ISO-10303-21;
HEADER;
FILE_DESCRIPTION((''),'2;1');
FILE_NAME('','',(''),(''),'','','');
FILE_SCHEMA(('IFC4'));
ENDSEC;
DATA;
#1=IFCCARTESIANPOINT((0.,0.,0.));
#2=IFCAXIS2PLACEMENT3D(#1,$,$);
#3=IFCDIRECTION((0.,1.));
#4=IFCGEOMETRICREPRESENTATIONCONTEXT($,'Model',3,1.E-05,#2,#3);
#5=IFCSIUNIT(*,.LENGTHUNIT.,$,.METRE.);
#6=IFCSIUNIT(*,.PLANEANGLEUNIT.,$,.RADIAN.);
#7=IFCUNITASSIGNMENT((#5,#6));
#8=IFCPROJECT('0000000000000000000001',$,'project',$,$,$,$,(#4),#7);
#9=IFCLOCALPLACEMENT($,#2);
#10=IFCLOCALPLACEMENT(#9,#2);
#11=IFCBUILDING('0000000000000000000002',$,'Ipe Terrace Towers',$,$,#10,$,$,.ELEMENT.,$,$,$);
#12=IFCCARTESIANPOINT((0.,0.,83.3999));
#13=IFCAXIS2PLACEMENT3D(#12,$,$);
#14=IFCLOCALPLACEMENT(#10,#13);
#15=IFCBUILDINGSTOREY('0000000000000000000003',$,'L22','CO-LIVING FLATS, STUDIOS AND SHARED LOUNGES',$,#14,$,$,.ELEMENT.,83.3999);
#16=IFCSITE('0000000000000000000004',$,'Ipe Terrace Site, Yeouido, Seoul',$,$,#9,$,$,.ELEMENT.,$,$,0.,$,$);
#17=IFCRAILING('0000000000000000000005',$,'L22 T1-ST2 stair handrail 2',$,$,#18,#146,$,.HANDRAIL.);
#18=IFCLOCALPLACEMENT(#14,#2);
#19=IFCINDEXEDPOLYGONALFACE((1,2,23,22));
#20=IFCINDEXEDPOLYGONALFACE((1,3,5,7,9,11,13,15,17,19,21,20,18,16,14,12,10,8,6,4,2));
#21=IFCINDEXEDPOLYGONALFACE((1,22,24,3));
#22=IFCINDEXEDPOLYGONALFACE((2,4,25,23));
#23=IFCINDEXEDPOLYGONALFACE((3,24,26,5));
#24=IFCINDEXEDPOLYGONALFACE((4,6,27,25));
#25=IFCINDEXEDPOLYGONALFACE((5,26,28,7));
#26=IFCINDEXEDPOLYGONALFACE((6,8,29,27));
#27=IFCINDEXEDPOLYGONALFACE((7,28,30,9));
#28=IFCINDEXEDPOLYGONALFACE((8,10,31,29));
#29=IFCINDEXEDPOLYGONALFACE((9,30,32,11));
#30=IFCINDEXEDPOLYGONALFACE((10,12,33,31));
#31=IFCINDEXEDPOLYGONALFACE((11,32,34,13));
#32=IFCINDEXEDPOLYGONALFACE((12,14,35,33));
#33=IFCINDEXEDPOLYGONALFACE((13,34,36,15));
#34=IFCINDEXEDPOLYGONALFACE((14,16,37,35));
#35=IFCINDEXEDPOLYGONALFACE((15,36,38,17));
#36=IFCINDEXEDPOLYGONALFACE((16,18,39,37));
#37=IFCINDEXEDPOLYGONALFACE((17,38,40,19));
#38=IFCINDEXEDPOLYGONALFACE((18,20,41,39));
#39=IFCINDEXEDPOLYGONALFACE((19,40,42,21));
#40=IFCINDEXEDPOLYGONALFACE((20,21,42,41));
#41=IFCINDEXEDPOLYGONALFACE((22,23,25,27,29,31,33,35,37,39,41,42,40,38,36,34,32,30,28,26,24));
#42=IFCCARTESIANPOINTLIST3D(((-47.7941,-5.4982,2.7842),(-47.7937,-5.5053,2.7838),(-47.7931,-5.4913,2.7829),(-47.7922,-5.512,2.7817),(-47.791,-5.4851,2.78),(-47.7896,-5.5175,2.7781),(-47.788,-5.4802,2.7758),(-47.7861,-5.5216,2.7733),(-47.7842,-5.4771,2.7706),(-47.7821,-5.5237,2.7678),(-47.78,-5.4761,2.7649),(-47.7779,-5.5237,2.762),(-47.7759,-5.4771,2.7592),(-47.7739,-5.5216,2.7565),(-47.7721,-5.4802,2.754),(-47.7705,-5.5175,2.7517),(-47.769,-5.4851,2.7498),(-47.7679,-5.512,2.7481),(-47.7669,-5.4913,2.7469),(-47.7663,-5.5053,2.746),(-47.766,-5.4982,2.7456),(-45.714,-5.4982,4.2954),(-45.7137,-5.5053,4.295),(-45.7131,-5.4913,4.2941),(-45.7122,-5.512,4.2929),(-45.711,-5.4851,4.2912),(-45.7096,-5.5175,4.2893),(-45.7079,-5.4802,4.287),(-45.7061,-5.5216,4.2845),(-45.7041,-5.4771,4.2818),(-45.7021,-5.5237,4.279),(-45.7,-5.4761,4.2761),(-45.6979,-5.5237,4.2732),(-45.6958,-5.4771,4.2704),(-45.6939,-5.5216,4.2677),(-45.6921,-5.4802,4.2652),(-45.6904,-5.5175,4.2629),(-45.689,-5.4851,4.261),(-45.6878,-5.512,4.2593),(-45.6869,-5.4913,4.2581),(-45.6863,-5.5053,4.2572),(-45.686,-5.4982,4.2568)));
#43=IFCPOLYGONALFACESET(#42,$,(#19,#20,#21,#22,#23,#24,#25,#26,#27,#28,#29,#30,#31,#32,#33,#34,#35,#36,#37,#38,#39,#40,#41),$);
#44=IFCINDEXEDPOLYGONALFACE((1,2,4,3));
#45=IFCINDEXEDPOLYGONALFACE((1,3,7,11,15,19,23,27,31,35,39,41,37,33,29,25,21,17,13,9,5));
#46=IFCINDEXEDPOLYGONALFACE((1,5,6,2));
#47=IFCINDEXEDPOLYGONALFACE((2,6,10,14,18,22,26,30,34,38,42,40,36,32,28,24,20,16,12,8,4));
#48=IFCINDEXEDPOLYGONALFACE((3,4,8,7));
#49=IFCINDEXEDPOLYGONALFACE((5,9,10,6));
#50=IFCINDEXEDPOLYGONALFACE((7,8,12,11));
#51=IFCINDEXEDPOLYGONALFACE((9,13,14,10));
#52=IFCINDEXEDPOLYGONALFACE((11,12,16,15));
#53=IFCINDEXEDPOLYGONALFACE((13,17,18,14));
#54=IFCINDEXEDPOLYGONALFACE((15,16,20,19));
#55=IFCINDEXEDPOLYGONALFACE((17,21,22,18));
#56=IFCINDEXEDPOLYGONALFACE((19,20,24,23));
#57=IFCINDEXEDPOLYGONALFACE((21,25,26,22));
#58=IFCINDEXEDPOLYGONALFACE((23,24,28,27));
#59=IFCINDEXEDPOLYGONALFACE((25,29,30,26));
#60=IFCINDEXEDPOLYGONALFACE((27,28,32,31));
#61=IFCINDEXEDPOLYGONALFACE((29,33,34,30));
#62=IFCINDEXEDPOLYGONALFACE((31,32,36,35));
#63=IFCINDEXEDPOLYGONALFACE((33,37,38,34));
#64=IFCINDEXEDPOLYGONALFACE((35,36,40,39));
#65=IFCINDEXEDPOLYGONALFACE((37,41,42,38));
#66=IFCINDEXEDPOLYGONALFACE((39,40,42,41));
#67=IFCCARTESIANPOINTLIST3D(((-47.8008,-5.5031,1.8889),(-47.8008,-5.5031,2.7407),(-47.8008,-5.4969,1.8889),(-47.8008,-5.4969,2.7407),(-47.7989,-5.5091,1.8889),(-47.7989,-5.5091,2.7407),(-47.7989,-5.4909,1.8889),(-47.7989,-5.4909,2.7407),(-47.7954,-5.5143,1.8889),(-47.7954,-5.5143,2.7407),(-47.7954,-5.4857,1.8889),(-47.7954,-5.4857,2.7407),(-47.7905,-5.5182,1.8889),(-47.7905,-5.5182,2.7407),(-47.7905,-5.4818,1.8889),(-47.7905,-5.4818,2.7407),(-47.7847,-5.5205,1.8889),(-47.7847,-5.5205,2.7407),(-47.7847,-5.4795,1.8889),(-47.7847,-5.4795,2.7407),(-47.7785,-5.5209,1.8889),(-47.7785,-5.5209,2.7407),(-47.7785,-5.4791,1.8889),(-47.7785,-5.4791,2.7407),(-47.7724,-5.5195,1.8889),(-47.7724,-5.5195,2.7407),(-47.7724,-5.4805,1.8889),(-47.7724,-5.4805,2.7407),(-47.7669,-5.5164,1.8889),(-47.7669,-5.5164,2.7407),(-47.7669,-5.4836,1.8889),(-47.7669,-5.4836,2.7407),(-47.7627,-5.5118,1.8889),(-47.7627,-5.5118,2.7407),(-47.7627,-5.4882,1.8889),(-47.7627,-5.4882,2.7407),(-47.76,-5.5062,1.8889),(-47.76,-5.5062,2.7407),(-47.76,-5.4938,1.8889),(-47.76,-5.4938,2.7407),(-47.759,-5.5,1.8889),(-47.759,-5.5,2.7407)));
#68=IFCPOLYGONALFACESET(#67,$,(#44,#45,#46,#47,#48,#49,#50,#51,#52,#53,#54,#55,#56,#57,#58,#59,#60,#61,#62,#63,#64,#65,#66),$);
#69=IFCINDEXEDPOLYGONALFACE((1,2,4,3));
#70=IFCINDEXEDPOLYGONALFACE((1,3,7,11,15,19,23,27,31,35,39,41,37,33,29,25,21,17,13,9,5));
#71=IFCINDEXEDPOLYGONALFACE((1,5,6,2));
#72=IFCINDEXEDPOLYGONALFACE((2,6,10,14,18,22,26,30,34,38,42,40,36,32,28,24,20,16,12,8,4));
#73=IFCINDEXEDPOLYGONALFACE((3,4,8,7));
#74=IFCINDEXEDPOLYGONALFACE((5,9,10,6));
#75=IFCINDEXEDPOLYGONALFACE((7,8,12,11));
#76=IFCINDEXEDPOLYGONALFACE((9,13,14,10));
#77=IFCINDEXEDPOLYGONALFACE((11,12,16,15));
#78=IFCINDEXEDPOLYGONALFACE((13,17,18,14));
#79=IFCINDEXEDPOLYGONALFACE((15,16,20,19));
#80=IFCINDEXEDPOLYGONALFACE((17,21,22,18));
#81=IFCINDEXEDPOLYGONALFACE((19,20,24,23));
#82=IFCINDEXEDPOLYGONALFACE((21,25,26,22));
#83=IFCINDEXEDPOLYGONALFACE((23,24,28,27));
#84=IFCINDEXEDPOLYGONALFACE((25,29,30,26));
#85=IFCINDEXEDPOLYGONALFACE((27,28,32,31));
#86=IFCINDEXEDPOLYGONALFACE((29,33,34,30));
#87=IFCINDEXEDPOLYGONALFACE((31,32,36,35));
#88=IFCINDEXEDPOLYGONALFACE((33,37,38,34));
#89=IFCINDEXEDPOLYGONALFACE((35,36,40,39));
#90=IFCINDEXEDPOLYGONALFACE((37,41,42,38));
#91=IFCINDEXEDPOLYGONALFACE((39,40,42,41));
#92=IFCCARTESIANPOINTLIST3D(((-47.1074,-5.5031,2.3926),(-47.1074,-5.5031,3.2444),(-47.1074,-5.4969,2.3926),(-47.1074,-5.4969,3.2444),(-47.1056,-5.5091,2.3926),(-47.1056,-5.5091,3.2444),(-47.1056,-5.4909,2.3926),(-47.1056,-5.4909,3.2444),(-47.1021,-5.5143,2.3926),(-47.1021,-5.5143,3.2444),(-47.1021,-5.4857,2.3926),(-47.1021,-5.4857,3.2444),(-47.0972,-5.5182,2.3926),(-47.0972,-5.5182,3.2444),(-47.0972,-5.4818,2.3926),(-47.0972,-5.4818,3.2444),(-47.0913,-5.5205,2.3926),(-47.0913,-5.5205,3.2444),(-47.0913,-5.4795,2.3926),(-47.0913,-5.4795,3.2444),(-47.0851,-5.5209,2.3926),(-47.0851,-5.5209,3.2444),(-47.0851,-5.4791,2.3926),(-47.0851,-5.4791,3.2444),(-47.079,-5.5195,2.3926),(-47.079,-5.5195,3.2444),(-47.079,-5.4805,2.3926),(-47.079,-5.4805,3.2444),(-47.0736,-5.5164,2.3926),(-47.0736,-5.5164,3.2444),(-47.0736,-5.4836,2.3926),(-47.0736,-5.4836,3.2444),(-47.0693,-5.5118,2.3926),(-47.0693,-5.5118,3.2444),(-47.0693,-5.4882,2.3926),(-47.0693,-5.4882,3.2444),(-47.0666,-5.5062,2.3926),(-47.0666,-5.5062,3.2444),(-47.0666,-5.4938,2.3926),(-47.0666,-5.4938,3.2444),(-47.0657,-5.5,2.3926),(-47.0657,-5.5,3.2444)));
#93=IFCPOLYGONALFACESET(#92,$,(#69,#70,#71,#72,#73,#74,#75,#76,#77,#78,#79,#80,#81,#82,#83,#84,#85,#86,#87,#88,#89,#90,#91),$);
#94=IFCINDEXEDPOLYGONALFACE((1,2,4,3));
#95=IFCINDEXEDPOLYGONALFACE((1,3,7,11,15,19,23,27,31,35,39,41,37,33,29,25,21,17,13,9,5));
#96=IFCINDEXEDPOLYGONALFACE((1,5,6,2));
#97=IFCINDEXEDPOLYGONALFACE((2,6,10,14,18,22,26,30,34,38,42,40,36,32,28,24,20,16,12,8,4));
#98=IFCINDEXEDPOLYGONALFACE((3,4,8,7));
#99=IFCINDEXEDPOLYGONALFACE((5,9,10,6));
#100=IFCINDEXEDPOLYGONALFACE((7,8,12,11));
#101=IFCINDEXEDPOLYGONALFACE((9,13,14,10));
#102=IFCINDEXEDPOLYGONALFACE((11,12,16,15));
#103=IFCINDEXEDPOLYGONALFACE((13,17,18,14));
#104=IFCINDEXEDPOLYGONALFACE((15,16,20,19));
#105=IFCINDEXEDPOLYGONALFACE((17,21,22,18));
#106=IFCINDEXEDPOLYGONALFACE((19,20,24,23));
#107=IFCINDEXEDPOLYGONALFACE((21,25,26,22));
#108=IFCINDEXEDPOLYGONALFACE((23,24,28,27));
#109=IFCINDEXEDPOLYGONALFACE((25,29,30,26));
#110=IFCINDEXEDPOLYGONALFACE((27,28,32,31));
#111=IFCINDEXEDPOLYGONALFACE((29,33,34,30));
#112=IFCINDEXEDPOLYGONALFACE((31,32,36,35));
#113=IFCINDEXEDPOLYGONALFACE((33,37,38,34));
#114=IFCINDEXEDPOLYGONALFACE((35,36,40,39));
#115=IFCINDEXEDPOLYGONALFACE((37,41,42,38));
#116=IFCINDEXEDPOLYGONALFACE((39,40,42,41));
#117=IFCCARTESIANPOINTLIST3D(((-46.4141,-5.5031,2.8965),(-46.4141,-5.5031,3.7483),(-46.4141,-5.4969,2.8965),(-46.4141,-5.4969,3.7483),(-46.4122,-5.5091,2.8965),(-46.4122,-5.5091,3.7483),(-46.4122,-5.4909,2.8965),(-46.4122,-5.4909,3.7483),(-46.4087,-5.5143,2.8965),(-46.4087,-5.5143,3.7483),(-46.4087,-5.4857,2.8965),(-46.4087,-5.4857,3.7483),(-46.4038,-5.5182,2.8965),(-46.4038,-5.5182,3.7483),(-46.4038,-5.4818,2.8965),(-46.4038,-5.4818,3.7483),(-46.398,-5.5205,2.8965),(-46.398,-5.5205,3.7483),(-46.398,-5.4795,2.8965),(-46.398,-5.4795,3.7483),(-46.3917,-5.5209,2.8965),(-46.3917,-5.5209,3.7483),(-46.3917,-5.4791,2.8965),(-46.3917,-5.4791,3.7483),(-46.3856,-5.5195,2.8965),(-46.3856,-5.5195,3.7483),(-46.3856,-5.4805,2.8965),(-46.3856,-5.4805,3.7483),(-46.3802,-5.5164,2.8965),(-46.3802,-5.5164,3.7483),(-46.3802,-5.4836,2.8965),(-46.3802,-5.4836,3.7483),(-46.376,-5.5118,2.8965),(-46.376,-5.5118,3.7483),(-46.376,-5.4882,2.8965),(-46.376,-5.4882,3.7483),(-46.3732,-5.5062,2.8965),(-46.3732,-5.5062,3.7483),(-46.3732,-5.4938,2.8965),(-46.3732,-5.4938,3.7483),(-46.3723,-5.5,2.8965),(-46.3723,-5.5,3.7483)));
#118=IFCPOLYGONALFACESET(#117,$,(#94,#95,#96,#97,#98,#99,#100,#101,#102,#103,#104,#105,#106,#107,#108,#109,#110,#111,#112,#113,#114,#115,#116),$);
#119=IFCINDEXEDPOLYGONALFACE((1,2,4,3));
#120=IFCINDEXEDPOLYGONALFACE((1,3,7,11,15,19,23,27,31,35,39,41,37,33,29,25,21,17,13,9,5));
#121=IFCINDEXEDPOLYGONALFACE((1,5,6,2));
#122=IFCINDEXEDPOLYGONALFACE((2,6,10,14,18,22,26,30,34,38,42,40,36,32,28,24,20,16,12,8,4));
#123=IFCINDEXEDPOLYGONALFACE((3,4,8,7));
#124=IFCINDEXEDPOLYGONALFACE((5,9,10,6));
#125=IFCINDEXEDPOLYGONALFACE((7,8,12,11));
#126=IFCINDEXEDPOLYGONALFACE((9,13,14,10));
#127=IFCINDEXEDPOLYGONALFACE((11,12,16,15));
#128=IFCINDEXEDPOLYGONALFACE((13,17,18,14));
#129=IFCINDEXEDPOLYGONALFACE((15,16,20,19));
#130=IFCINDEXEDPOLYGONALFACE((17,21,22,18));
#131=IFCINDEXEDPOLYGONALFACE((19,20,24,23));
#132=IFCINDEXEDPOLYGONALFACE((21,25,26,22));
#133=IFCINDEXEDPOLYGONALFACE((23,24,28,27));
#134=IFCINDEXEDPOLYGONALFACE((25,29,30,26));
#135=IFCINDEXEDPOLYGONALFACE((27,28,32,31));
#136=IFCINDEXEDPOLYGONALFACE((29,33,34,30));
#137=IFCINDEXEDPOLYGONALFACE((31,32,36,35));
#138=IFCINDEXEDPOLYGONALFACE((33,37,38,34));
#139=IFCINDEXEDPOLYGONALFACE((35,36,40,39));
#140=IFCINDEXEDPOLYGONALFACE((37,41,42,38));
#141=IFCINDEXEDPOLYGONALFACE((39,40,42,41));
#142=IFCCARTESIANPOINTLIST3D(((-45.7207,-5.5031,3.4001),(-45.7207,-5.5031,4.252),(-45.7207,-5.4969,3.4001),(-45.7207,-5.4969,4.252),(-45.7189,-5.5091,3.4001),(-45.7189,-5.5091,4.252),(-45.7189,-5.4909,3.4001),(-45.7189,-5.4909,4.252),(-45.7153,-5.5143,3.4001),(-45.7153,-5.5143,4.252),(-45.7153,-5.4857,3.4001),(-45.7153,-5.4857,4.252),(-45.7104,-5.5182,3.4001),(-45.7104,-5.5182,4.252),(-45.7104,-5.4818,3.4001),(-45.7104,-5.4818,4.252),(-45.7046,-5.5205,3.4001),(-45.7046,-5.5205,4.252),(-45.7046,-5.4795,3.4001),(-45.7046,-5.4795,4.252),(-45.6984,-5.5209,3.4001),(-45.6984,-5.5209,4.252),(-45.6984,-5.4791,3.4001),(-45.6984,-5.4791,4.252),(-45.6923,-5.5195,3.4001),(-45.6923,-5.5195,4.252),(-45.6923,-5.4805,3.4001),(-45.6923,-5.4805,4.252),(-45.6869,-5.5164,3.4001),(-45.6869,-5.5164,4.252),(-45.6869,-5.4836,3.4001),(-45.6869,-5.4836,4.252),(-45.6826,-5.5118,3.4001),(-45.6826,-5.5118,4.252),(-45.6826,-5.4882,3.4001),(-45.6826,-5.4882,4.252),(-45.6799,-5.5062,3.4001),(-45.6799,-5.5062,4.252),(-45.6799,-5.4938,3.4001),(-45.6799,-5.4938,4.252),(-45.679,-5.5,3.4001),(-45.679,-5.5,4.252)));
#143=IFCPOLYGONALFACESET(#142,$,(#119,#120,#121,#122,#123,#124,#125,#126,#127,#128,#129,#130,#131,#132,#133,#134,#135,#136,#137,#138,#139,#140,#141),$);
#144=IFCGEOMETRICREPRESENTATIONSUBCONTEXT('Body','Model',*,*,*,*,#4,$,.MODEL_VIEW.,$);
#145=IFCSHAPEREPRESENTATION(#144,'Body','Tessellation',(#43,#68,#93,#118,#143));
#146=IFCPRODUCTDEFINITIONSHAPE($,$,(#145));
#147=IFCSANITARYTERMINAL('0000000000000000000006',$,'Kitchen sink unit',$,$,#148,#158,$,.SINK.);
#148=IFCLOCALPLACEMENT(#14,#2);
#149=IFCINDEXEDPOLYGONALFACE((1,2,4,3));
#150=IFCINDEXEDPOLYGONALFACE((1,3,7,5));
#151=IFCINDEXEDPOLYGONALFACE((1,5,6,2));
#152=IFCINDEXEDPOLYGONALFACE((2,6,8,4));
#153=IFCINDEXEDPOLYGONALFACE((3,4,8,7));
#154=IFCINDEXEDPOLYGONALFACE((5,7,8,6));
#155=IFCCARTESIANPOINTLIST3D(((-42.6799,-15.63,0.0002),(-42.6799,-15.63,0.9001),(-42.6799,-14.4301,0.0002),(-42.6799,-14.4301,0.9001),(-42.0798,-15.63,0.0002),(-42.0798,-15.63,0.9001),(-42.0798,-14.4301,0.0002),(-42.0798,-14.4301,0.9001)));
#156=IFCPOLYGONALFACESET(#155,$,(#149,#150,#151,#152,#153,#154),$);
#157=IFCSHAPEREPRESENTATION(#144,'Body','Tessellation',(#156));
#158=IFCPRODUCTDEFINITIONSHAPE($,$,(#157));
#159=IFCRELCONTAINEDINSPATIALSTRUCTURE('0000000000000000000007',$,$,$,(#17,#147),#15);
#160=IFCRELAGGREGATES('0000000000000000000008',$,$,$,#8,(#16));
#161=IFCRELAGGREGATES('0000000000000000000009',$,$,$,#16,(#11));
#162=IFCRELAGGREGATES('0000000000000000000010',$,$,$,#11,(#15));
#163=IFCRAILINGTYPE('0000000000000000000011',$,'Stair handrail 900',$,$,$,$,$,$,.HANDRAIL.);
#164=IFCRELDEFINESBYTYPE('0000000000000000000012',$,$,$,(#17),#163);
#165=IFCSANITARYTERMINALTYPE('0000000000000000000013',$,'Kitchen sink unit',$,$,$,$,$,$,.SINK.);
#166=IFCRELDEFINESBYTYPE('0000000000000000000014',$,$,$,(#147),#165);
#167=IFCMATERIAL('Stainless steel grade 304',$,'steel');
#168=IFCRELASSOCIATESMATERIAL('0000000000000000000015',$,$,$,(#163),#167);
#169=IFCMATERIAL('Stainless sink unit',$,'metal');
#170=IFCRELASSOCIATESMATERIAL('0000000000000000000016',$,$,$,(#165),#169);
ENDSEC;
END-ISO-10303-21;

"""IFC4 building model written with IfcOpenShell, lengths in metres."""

from ifc_helpers import new_model, si_unit, direction, frame, origin, origin_2d, place, context, subcontext, project, spatial, rectangle, circle, extrude, material, type_object, element, save


model = new_model("IFC4")

# Units and contexts
model_context = context("Model", 3, precision=1e-05, world=origin(), true_north=direction((0.0, 1.0)))
body_context = subcontext(model_context, "Body", "Model", "MODEL_VIEW")
ifc_project = project(units=[si_unit("LENGTHUNIT", "METRE"), si_unit("PLANEANGLEUNIT", "RADIAN")], contexts=[model_context])

# Site, building, storey
site_placement = place(None, origin())
site = spatial("IfcSite", under=ifc_project, at=site_placement, Name="Ipe Terrace Site, Yeouido, Seoul", CompositionType="ELEMENT", RefElevation=0.0)
building_placement = place(site_placement, origin())
building = spatial("IfcBuilding", under=site, at=building_placement, Name="Ipe Terrace Towers", CompositionType="ELEMENT")
storey_placement = place(building_placement, frame((0.0, 0.0, 83.3999)))
storey = spatial("IfcBuildingStorey", under=building, at=storey_placement, Name="L22", Description="CO-LIVING FLATS, STUDIOS AND SHARED LOUNGES", CompositionType="ELEMENT", Elevation=83.3999)

# Railing
ifc_material_1 = material(Name="Stainless steel grade 304", Category="steel")
railing_type_1 = type_object("IfcRailingType", Name="Stair handrail 900", PredefinedType="HANDRAIL", material=ifc_material_1)
railing_1_placement = place(storey_placement, frame((-47.78, -5.5, 1.8889)))
element("IfcRailing", 1, at=railing_1_placement, inside=storey, type_object=railing_type_1, Name="L22 T1-ST2 stair handrail 2", PredefinedType="HANDRAIL", context=body_context, shape_type="SweptSolid", body=[
    extrude(circle(Radius=0.0239, at=origin_2d()), frame((0.0, 0.0, 0.876), z_axis=(0.809023, 0.0, 0.587776), x_axis=(0.0, 1.0, 0.0)), (0.0, 0.0, 1.0), 2.571),
    extrude(circle(Radius=0.021, at=origin_2d()), origin(), (0.0, 0.0, 1.0), 0.8518),
    extrude(circle(Radius=0.021, at=origin_2d()), frame((0.6934, 0.0, 0.5037)), (0.0, 0.0, 1.0), 0.8518),
    extrude(circle(Radius=0.021, at=origin_2d()), frame((1.3867, 0.0, 1.0076)), (0.0, 0.0, 1.0), 0.8518),
    extrude(circle(Radius=0.021, at=origin_2d()), frame((2.0801, 0.0, 1.5112)), (0.0, 0.0, 1.0), 0.8518),
])

# Sanitary terminal
ifc_material_2 = material(Name="Stainless sink unit", Category="metal")
sanitary_terminal_type = type_object("IfcSanitaryTerminalType", Name="Kitchen sink unit", PredefinedType="SINK", material=ifc_material_2)
sanitary_terminal_placement = place(storey_placement, frame((-42.3799, -15.03, 0.0002), z_axis=(0.0, 0.0, 1.0), x_axis=(0.0, 1.0, 0.0)))
element("IfcSanitaryTerminal", 2, at=sanitary_terminal_placement, inside=storey, type_object=sanitary_terminal_type, Name="Kitchen sink unit", PredefinedType="SINK", context=body_context, shape_type="SweptSolid", body=[
    extrude(rectangle(XDim=1.2, YDim=0.6001, at=origin_2d()), origin(), (0.0, 0.0, 1.0), 0.8999),
])

save(model, "model.ifc")
